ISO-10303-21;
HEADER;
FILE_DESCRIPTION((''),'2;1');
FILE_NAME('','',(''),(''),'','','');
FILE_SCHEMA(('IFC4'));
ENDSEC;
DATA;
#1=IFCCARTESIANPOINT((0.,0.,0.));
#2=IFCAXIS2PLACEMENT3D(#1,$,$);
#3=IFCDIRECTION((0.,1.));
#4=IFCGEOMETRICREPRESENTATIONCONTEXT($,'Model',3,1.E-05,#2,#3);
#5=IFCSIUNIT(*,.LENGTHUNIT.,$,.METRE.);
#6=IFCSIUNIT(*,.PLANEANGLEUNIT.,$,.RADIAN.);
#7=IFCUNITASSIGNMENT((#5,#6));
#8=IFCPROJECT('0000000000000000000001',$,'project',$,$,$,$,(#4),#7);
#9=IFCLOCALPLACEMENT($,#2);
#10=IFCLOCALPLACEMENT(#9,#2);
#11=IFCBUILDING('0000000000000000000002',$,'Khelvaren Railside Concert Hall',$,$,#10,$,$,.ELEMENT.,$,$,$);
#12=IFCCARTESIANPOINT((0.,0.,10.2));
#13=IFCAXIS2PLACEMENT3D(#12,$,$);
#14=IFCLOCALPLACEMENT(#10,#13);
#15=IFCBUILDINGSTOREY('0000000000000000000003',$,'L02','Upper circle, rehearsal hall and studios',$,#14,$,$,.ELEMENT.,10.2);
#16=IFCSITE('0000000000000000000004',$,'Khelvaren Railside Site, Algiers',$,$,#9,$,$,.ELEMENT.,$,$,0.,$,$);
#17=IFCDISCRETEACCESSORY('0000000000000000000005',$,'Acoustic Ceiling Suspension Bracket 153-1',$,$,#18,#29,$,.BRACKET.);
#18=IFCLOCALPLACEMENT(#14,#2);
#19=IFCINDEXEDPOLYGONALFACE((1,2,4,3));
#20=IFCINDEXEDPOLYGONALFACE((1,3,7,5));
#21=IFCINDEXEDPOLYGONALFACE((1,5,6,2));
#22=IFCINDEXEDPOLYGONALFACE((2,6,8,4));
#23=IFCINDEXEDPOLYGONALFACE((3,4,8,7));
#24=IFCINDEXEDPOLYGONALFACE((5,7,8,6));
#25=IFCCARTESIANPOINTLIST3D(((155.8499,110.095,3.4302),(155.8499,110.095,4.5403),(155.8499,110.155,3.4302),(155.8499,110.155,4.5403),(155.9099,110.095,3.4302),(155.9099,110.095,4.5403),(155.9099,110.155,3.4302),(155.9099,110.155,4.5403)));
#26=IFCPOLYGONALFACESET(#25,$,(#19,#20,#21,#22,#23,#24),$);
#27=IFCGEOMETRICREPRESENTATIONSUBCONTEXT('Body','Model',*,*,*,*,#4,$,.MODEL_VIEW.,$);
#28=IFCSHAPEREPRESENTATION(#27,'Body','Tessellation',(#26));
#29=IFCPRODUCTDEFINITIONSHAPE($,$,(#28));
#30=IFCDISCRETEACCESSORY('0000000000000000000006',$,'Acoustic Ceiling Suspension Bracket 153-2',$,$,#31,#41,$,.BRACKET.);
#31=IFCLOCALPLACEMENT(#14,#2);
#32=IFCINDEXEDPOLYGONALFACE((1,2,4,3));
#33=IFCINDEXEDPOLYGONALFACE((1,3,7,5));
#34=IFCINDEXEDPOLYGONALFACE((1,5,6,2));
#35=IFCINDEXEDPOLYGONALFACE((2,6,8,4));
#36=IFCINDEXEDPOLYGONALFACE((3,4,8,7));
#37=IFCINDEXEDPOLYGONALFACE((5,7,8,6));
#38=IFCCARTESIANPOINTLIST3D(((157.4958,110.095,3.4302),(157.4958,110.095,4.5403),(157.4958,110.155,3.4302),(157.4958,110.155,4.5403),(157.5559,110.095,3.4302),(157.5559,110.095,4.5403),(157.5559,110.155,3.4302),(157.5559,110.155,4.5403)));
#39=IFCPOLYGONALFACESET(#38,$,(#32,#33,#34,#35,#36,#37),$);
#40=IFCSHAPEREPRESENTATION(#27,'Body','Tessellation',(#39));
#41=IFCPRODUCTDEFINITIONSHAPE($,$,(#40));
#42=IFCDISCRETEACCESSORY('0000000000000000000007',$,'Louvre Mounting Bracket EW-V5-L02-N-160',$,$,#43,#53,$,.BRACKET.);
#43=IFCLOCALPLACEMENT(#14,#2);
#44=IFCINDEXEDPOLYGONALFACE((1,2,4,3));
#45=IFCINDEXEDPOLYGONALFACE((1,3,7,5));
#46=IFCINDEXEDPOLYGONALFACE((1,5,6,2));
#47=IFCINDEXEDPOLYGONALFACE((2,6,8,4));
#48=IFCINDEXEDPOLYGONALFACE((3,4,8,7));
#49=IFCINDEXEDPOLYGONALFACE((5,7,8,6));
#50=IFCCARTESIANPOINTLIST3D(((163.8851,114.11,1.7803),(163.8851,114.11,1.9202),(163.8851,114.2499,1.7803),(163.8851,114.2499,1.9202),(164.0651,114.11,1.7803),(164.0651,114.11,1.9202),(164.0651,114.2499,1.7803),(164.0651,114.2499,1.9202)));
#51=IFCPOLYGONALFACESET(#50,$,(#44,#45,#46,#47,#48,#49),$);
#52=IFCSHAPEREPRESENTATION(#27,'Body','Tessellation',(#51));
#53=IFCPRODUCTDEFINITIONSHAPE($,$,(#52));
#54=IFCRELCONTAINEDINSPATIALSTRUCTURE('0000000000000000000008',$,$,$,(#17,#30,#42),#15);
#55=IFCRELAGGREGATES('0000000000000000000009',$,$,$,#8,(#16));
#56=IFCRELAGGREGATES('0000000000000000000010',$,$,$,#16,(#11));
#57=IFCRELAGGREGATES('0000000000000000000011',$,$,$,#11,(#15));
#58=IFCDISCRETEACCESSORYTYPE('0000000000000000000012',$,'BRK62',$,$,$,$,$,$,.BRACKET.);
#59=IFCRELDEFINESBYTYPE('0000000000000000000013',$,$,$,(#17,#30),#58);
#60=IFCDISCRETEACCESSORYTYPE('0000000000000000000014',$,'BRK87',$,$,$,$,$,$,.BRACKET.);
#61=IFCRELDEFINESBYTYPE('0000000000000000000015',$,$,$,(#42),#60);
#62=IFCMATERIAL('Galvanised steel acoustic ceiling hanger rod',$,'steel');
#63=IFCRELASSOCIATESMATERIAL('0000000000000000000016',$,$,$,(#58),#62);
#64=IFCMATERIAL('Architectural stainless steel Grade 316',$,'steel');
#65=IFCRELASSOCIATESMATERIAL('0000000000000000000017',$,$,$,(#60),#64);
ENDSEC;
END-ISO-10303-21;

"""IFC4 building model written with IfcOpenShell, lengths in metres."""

from ifc_helpers import new_model, si_unit, direction, frame, origin, origin_2d, place, context, subcontext, project, spatial, rectangle, extrude, material, type_object, element, save


model = new_model("IFC4")

# Units and contexts
model_context = context("Model", 3, precision=1e-05, world=origin(), true_north=direction((0.0, 1.0)))
body_context = subcontext(model_context, "Body", "Model", "MODEL_VIEW")
ifc_project = project(units=[si_unit("LENGTHUNIT", "METRE"), si_unit("PLANEANGLEUNIT", "RADIAN")], contexts=[model_context])

# Site, building, storey
site_placement = place(None, origin())
site = spatial("IfcSite", under=ifc_project, at=site_placement, Name="Khelvaren Railside Site, Algiers", CompositionType="ELEMENT", RefElevation=0.0)
building_placement = place(site_placement, origin())
building = spatial("IfcBuilding", under=site, at=building_placement, Name="Khelvaren Railside Concert Hall", CompositionType="ELEMENT")
storey_placement = place(building_placement, frame((0.0, 0.0, 10.2)))
storey = spatial("IfcBuildingStorey", under=building, at=storey_placement, Name="L02", Description="Upper circle, rehearsal hall and studios", CompositionType="ELEMENT", Elevation=10.2)

# Discrete accessories
ifc_material_1 = material(Name="Galvanised steel acoustic ceiling hanger rod", Category="steel")
discrete_accessory_type_1 = type_object("IfcDiscreteAccessoryType", Name="BRK62", PredefinedType="BRACKET", material=ifc_material_1)
for number, where, z_axis, x_axis, name in (
    (1, (155.8799, 110.125, 3.4302), (0.0, 0.0, 1.0), (1.0, 0.0, 0.0), "Acoustic Ceiling Suspension Bracket 153-1"),
    (2, (157.5259, 110.125, 3.4302), (0.0, 0.0, 1.0), (1.0, 0.0, 0.0), "Acoustic Ceiling Suspension Bracket 153-2"),
):
    element("IfcDiscreteAccessory", number, at=place(storey_placement, frame(where, z_axis=z_axis, x_axis=x_axis)), inside=storey, type_object=discrete_accessory_type_1, Name=name, PredefinedType="BRACKET", context=body_context, shape_type="SweptSolid", body=[
        extrude(rectangle(XDim=0.0601, YDim=0.0601, at=origin_2d()), origin(), (0.0, 0.0, 1.0), 1.1101),
    ])
ifc_material_2 = material(Name="Architectural stainless steel Grade 316", Category="steel")
discrete_accessory_type_2 = type_object("IfcDiscreteAccessoryType", Name="BRK87", PredefinedType="BRACKET", material=ifc_material_2)
discrete_accessory_placement = place(storey_placement, frame((163.9751, 114.1799, 1.7803), z_axis=(0.0, 0.0, 1.0), x_axis=(1.0, 0.0, 0.0)))
element("IfcDiscreteAccessory", 3, at=discrete_accessory_placement, inside=storey, type_object=discrete_accessory_type_2, Name="Louvre Mounting Bracket EW-V5-L02-N-160", PredefinedType="BRACKET", context=body_context, shape_type="SweptSolid", body=[
    extrude(rectangle(XDim=0.1799, YDim=0.1399, at=origin_2d()), origin(), (0.0, 0.0, 1.0), 0.1399),
])

save(model, "model.ifc")
